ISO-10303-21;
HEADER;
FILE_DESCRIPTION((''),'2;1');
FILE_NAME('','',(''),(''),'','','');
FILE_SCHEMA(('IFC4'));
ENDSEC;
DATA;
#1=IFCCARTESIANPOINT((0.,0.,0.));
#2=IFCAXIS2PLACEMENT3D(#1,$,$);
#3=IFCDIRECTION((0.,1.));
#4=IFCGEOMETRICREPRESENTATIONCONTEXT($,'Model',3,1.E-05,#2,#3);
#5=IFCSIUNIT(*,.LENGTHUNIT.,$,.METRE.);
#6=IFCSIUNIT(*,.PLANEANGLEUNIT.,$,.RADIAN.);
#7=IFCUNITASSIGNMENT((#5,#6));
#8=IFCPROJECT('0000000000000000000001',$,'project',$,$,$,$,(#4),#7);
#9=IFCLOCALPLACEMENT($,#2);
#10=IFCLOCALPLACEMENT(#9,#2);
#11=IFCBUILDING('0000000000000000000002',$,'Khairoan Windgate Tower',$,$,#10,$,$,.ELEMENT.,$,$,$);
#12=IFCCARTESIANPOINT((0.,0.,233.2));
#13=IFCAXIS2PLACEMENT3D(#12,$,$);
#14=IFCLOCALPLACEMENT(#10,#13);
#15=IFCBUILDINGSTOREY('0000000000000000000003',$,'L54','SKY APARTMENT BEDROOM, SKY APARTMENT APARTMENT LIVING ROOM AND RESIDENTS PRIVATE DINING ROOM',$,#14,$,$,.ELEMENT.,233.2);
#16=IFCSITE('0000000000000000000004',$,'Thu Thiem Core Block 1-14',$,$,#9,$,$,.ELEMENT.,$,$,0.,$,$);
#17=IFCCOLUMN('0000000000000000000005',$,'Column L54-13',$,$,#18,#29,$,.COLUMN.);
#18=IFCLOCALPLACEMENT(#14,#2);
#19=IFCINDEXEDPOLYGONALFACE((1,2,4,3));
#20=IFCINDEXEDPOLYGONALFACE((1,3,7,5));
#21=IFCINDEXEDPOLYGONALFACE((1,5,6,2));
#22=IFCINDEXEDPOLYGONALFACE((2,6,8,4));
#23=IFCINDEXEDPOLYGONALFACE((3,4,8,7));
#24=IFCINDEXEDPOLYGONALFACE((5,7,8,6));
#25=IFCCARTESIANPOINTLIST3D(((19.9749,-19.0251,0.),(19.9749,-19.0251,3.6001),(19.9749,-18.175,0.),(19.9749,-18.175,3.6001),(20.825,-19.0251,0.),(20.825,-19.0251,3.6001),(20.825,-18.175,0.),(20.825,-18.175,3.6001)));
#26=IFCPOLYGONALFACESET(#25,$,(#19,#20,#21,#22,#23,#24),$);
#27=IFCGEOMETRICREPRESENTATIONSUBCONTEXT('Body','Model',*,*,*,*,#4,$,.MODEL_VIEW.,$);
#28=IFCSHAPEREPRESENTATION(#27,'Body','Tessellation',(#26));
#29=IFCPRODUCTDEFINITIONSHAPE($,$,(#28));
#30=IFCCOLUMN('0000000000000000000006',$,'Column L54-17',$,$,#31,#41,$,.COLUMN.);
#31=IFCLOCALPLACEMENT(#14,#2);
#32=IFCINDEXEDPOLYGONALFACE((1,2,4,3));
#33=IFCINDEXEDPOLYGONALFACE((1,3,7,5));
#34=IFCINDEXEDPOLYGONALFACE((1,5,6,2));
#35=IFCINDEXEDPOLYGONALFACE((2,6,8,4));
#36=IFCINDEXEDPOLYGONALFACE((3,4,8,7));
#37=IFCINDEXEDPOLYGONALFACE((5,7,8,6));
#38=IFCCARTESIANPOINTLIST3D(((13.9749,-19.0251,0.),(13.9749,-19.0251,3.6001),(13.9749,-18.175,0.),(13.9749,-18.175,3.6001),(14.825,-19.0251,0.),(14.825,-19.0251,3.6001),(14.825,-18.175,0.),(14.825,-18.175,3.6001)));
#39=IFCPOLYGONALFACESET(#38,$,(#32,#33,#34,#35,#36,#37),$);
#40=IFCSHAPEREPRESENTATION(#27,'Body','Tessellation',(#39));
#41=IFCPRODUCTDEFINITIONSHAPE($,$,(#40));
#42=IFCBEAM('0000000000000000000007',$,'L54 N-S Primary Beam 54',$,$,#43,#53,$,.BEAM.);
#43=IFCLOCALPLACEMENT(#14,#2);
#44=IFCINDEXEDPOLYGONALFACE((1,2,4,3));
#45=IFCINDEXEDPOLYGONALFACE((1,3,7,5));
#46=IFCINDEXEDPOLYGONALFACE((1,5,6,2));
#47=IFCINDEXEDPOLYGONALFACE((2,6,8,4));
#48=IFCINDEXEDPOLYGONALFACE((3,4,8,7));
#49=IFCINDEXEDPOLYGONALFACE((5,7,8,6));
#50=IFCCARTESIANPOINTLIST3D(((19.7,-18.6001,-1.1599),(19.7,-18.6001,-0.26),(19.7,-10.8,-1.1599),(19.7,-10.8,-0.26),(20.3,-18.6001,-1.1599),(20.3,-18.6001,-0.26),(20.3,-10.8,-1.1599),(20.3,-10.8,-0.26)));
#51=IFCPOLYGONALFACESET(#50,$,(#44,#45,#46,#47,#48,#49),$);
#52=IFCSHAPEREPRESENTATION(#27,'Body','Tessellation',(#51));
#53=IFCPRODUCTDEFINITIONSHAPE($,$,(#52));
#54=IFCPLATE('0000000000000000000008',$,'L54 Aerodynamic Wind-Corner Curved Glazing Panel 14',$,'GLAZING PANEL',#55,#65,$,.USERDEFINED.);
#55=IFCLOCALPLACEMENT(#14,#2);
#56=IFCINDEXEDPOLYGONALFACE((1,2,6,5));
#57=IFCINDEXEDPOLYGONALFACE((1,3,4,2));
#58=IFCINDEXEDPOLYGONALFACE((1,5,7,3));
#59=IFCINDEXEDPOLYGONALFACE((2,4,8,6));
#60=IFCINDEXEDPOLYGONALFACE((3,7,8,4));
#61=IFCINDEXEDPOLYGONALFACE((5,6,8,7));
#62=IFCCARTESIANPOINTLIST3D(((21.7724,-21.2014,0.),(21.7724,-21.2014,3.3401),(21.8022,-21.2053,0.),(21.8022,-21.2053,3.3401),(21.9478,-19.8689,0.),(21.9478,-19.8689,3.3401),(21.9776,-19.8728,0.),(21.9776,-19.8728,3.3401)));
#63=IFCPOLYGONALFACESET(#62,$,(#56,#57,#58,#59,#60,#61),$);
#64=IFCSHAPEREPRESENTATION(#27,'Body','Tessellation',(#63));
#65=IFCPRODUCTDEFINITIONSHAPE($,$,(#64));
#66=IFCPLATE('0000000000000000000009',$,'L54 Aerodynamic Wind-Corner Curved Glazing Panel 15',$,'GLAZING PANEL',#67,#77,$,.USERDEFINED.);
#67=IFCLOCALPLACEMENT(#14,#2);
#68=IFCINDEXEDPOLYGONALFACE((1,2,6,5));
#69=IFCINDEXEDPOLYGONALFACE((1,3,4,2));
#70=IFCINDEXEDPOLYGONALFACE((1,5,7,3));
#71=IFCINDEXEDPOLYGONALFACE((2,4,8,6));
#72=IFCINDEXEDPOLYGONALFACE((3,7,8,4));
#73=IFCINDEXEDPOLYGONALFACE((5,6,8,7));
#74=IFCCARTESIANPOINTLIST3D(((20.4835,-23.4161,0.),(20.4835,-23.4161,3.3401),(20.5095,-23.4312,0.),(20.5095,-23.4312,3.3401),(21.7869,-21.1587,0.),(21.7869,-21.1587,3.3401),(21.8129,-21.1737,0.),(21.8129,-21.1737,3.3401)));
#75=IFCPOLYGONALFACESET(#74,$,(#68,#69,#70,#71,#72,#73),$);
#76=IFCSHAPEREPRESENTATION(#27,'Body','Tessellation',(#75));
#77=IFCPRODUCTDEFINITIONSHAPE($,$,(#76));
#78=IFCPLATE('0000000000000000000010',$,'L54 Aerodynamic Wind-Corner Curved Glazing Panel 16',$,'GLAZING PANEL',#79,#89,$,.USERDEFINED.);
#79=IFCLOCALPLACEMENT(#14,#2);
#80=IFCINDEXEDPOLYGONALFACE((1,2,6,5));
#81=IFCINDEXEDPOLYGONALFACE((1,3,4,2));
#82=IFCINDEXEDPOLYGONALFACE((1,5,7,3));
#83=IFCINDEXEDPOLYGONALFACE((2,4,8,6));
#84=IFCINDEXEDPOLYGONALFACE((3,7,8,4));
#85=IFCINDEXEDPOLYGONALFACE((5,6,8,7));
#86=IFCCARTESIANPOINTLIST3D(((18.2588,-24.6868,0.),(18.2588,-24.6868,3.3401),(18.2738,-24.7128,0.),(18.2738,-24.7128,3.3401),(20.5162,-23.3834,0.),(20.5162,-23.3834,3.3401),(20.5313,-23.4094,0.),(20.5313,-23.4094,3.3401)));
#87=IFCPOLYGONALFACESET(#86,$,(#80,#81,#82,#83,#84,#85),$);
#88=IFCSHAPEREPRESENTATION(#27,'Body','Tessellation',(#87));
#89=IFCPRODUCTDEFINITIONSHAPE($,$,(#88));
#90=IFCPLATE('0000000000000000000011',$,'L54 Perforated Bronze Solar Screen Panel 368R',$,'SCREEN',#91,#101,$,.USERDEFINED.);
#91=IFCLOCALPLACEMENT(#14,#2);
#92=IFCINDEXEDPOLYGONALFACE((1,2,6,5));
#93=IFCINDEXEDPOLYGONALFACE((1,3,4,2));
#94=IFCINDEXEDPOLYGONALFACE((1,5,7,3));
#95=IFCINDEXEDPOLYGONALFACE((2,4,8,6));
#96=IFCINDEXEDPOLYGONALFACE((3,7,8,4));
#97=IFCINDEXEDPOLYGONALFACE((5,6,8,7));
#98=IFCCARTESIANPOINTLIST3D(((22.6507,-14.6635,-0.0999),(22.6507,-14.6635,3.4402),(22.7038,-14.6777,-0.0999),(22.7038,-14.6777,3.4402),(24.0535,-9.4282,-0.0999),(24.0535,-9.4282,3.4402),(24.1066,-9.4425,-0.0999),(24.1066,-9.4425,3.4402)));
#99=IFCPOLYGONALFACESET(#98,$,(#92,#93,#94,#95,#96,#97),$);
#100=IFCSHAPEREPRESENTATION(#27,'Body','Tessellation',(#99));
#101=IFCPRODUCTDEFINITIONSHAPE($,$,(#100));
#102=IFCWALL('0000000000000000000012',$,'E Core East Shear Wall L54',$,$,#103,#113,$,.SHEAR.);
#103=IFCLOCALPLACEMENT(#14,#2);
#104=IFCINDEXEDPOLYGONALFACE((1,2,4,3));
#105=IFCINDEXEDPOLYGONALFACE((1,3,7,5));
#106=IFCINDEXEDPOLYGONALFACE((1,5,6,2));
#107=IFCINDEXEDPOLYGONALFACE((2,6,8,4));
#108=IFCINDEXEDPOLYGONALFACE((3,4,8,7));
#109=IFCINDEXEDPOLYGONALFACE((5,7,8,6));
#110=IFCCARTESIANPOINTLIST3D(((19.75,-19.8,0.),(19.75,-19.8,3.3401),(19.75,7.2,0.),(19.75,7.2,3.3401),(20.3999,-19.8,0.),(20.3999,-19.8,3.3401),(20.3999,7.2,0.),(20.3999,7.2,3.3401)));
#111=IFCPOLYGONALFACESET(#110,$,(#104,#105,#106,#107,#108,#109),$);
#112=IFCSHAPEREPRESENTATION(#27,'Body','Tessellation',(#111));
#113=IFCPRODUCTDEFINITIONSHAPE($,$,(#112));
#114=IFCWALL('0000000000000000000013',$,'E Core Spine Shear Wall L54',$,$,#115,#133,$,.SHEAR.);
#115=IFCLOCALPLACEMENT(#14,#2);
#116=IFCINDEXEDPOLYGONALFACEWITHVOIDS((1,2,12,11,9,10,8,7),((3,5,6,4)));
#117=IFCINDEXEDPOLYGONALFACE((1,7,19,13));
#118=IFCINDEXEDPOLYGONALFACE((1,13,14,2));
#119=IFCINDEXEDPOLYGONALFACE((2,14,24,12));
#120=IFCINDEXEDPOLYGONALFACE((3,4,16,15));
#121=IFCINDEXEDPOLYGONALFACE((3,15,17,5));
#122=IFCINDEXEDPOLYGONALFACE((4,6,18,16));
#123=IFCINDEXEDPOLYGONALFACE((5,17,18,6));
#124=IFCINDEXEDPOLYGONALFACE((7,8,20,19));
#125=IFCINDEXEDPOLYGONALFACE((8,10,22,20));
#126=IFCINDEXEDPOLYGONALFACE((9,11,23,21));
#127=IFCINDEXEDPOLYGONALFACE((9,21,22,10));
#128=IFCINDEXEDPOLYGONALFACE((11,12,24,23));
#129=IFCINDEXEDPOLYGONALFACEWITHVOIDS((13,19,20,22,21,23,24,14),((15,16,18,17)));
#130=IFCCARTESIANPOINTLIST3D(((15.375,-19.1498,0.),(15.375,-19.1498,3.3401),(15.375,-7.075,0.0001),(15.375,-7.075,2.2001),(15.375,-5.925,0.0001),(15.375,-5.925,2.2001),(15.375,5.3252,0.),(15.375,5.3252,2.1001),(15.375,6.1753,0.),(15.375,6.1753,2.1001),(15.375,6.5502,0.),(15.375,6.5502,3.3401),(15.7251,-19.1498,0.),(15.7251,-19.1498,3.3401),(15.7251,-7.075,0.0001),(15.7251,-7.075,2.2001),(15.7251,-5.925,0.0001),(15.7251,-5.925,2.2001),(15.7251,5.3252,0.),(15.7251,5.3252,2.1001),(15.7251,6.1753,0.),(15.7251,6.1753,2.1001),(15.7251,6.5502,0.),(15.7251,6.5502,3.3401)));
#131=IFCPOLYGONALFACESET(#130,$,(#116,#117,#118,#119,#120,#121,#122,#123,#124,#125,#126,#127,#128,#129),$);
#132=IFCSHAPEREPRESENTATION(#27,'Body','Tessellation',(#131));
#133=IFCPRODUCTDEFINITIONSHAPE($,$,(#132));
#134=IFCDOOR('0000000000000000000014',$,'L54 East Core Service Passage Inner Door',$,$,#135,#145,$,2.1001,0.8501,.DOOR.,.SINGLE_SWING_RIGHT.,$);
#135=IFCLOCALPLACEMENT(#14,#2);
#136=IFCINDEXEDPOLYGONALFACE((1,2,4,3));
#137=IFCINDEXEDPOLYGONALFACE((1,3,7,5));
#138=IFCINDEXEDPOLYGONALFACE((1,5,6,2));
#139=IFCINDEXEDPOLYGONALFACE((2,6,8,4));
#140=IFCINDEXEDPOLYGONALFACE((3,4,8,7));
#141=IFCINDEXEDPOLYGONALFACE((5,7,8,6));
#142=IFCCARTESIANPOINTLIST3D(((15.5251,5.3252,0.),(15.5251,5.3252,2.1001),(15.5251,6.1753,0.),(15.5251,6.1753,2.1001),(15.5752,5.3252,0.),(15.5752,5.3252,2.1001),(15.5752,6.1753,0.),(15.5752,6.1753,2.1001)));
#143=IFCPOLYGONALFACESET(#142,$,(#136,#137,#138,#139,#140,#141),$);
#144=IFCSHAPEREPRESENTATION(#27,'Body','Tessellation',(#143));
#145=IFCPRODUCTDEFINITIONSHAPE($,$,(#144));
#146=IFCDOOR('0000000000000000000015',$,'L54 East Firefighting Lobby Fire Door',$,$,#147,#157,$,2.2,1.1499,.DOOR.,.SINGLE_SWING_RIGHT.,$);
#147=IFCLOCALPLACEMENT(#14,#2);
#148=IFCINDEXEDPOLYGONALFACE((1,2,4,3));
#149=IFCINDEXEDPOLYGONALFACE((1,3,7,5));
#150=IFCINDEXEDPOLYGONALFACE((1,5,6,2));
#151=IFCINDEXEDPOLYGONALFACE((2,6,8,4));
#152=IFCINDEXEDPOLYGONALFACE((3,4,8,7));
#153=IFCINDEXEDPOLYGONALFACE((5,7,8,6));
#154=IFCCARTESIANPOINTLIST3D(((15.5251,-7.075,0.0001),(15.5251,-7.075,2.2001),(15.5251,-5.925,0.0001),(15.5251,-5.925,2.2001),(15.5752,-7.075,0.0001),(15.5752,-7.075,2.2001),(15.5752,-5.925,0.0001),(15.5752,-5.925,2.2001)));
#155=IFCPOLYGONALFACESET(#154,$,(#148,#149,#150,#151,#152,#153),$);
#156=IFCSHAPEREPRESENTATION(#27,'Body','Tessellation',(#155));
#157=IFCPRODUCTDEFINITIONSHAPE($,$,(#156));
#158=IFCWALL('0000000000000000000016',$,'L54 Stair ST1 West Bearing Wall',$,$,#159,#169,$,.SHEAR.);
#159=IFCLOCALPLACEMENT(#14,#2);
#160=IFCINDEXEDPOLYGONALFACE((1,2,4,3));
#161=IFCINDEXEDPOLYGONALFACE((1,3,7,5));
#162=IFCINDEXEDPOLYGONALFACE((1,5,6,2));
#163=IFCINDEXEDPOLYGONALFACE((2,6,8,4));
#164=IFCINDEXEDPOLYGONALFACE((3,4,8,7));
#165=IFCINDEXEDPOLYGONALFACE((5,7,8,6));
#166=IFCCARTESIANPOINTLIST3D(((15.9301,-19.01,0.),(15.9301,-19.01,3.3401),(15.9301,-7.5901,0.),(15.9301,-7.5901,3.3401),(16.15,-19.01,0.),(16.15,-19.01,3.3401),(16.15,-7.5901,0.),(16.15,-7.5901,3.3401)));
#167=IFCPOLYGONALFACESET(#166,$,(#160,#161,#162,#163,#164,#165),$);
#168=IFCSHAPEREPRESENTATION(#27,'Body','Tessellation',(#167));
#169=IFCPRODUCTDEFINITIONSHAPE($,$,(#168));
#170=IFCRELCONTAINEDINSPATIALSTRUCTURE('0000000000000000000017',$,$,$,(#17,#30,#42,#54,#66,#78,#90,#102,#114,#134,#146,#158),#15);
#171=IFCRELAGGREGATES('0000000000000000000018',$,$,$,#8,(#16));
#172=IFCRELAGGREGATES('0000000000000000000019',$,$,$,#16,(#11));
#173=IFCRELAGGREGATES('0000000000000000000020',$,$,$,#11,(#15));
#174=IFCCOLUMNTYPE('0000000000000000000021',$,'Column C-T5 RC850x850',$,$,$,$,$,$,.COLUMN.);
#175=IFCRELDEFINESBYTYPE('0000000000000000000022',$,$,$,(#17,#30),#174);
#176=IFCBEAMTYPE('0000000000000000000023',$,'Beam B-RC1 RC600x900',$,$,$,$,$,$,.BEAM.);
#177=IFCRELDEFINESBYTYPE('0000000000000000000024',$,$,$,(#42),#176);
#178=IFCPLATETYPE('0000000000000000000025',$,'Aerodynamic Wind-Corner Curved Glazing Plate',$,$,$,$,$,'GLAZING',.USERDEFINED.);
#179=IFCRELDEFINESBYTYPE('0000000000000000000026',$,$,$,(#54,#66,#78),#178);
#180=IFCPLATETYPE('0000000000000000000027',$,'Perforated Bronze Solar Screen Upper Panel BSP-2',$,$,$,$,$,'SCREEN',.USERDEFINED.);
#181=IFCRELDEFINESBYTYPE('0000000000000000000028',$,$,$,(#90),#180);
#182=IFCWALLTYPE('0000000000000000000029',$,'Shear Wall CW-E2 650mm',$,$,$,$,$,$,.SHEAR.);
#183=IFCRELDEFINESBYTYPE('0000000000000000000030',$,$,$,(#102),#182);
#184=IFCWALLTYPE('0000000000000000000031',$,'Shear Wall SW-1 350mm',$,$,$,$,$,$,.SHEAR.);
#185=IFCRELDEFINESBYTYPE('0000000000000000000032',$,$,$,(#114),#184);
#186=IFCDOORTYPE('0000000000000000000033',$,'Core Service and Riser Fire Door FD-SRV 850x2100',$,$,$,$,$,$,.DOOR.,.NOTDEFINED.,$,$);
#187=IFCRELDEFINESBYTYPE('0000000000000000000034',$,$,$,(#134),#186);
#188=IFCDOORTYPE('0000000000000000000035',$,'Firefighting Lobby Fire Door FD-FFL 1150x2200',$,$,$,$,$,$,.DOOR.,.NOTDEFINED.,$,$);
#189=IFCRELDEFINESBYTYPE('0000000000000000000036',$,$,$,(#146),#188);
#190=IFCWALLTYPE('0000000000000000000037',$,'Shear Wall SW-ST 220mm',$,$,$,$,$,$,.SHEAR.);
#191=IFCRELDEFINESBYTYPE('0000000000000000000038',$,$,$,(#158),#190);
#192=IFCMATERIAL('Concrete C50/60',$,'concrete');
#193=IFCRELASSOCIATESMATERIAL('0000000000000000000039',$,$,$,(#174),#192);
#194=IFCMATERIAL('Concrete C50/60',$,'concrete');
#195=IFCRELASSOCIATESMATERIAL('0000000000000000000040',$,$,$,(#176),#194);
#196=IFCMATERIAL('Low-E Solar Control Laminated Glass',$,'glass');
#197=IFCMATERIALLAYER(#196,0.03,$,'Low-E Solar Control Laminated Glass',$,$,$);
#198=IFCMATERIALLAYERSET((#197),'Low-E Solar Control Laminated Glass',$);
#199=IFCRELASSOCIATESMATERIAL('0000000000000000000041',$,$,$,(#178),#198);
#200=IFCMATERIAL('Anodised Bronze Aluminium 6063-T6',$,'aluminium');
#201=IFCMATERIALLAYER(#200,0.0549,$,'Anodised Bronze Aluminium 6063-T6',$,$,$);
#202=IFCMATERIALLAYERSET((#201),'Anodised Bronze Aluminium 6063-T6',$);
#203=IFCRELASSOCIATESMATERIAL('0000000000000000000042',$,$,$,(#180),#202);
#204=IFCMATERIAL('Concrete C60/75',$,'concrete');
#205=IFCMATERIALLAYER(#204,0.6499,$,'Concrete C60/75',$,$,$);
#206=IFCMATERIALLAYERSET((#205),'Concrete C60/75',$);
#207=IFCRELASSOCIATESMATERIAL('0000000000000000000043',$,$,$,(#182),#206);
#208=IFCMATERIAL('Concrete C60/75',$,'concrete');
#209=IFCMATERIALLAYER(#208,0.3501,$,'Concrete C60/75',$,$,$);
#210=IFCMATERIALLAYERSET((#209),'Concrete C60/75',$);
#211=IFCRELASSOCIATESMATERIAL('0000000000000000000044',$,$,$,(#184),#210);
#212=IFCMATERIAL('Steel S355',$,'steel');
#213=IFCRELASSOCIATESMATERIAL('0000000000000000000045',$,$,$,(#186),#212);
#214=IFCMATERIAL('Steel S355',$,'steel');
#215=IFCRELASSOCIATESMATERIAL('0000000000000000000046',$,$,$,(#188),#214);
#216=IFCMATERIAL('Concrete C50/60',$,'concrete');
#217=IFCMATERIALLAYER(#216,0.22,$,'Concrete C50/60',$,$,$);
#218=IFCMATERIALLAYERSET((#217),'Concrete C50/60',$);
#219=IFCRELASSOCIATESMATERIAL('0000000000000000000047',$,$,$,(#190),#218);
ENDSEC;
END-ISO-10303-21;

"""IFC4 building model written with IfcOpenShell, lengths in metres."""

from ifc_helpers import new_model, si_unit, direction, frame, frame_2d, origin, origin_2d, place, context, subcontext, project, spatial, rectangle, extrude, material, layer, layer_set, material_profile, profile_set, type_object, element, fill, save


model = new_model("IFC4")

# Units and contexts
model_context = context("Model", 3, precision=1e-05, world=origin(), true_north=direction((0.0, 1.0)))
body_context = subcontext(model_context, "Body", "Model", "MODEL_VIEW")
ifc_project = project(units=[si_unit("LENGTHUNIT", "METRE"), si_unit("PLANEANGLEUNIT", "RADIAN")], contexts=[model_context])

# Site, building, storey
site_placement = place(None, origin())
site = spatial("IfcSite", under=ifc_project, at=site_placement, Name="Thu Thiem Core Block 1-14", CompositionType="ELEMENT", RefElevation=0.0)
building_placement = place(site_placement, origin())
building = spatial("IfcBuilding", under=site, at=building_placement, Name="Khairoan Windgate Tower", CompositionType="ELEMENT")
storey_placement = place(building_placement, frame((0.0, 0.0, 233.2)))
storey = spatial("IfcBuildingStorey", under=building, at=storey_placement, Name="L54", Description="SKY APARTMENT BEDROOM, SKY APARTMENT APARTMENT LIVING ROOM AND RESIDENTS PRIVATE DINING ROOM", CompositionType="ELEMENT", Elevation=233.2)

# Columns
ifc_material_1 = material(Name="Concrete C50/60", Category="concrete")
ifc_material_profile_1 = material_profile(ifc_material_1, rectangle(XDim=0.8501, YDim=0.8501, at=origin_2d()))
ifc_profile_set_1 = profile_set([ifc_material_profile_1], Name="Concrete C50/60")
column_type = type_object("IfcColumnType", Name="Column C-T5 RC850x850", PredefinedType="COLUMN", material=ifc_profile_set_1)
for number, where, z_axis, x_axis, name in (
    (1, (20.3999, -18.6001, 0.0), (0.0, 0.0, 1.0), (1.0, 0.0, 0.0), "Column L54-13"),
    (2, (14.3999, -18.6001, 0.0), (0.0, 0.0, 1.0), (1.0, 0.0, 0.0), "Column L54-17"),
):
    element("IfcColumn", number, at=place(storey_placement, frame(where, z_axis=z_axis, x_axis=x_axis)), inside=storey, type_object=column_type, Name=name, PredefinedType="COLUMN", context=body_context, shape_type="SweptSolid", body=[
        extrude(rectangle(XDim=0.8501, YDim=0.8501, at=origin_2d()), origin(), (0.0, 0.0, 1.0), 3.6001),
    ])

# Beam
ifc_material_2 = material(Name="Concrete C50/60", Category="concrete")
ifc_material_profile_2 = material_profile(ifc_material_2, rectangle(XDim=0.6001, YDim=0.8999, at=origin_2d()))
ifc_profile_set_2 = profile_set([ifc_material_profile_2], Name="Concrete C50/60")
beam_type = type_object("IfcBeamType", Name="Beam B-RC1 RC600x900", PredefinedType="BEAM", material=ifc_profile_set_2)
beam_placement = place(storey_placement, frame((20.0, -18.6001, -0.71), z_axis=(0.0, 1.0, 0.0), x_axis=(-1.0, 0.0, 0.0)))
element("IfcBeam", 3, at=beam_placement, inside=storey, type_object=beam_type, Name="L54 N-S Primary Beam 54", PredefinedType="BEAM", context=body_context, shape_type="SweptSolid", body=[
    extrude(rectangle(XDim=0.6001, YDim=0.8999, at=origin_2d()), origin(), (0.0, 0.0, 1.0), 7.8),
])

# Plates
ifc_material_3 = material(Name="Low-E Solar Control Laminated Glass", Category="glass")
ifc_layer_1 = layer(ifc_material_3, 0.03, Name="Low-E Solar Control Laminated Glass")
ifc_layer_set_1 = layer_set([ifc_layer_1], Name="Low-E Solar Control Laminated Glass")
plate_type_1 = type_object("IfcPlateType", Name="Aerodynamic Wind-Corner Curved Glazing Plate", ElementType="GLAZING", PredefinedType="USERDEFINED", material=ifc_layer_set_1)
plate_1_placement = place(storey_placement, frame((21.875, -20.5371, 0.0), z_axis=(0.0, 0.0, 1.0), x_axis=(-0.130526, -0.991445, 0.0)))
element("IfcPlate", 4, at=plate_1_placement, inside=storey, type_object=plate_type_1, Name="L54 Aerodynamic Wind-Corner Curved Glazing Panel 14", ObjectType="GLAZING PANEL", PredefinedType="USERDEFINED", context=body_context, shape_type="SweptSolid", body=[
    extrude(rectangle(XDim=1.344, YDim=0.03, at=origin_2d()), origin(), (0.0, 0.0, 1.0), 3.3401),
])
for number, where, z_axis, x_axis, name in (
    (5, (21.1482, -22.2949, 0.0), (0.0, 0.0, 1.0), (-0.5, -0.866025, 0.0), "L54 Aerodynamic Wind-Corner Curved Glazing Panel 15"),
    (6, (19.395, -24.0481, 0.0), (0.0, 0.0, 1.0), (-0.866025, -0.5, 0.0), "L54 Aerodynamic Wind-Corner Curved Glazing Panel 16"),
):
    element("IfcPlate", number, at=place(storey_placement, frame(where, z_axis=z_axis, x_axis=x_axis)), inside=storey, type_object=plate_type_1, Name=name, ObjectType="GLAZING PANEL", PredefinedType="USERDEFINED", context=body_context, shape_type="SweptSolid", body=[
        extrude(rectangle(XDim=2.6067, YDim=0.03, at=origin_2d()), origin(), (0.0, 0.0, 1.0), 3.3401),
    ])

# Plate
ifc_material_4 = material(Name="Anodised Bronze Aluminium 6063-T6", Category="aluminium")
ifc_layer_2 = layer(ifc_material_4, 0.0549, Name="Anodised Bronze Aluminium 6063-T6")
ifc_layer_set_2 = layer_set([ifc_layer_2], Name="Anodised Bronze Aluminium 6063-T6")
plate_type_2 = type_object("IfcPlateType", Name="Perforated Bronze Solar Screen Upper Panel BSP-2", ElementType="SCREEN", PredefinedType="USERDEFINED", material=ifc_layer_set_2)
plate_2_placement = place(storey_placement, frame((23.3787, -12.053, -0.0999), z_axis=(0.0, 0.0, 1.0), x_axis=(-0.258819, -0.965926, 0.0)))
element("IfcPlate", 7, at=plate_2_placement, inside=storey, type_object=plate_type_2, Name="L54 Perforated Bronze Solar Screen Panel 368R", ObjectType="SCREEN", PredefinedType="USERDEFINED", context=body_context, shape_type="SweptSolid", body=[
    extrude(rectangle(XDim=5.4199, YDim=0.0549, at=origin_2d()), origin(), (0.0, 0.0, 1.0), 3.54),
])

# Wall
ifc_material_5 = material(Name="Concrete C60/75", Category="concrete")
ifc_layer_3 = layer(ifc_material_5, 0.6499, Name="Concrete C60/75")
ifc_layer_set_3 = layer_set([ifc_layer_3], Name="Concrete C60/75")
wall_type_1 = type_object("IfcWallType", Name="Shear Wall CW-E2 650mm", PredefinedType="SHEAR", material=ifc_layer_set_3)
wall_1_placement = place(storey_placement, frame((20.075, -19.8, 0.0), z_axis=(0.0, 0.0, 1.0), x_axis=(0.0, 1.0, 0.0)))
element("IfcWall", 8, at=wall_1_placement, inside=storey, type_object=wall_type_1, Name="E Core East Shear Wall L54", PredefinedType="SHEAR", context=body_context, shape_type="SweptSolid", body=[
    extrude(rectangle(XDim=27.0, YDim=0.6499, at=frame_2d((13.5, 0.0))), origin(), (0.0, 0.0, 1.0), 3.3401),
])

# Wall, openings, doors
ifc_material_6 = material(Name="Concrete C60/75", Category="concrete")
ifc_layer_4 = layer(ifc_material_6, 0.3501, Name="Concrete C60/75")
ifc_layer_set_4 = layer_set([ifc_layer_4], Name="Concrete C60/75")
wall_type_2 = type_object("IfcWallType", Name="Shear Wall SW-1 350mm", PredefinedType="SHEAR", material=ifc_layer_set_4)
wall_2_placement = place(storey_placement, frame((15.55, -19.1499, 0.0), z_axis=(0.0, 0.0, 1.0), x_axis=(0.0, 1.0, 0.0)))
wall_2 = element("IfcWall", 9, at=wall_2_placement, inside=storey, type_object=wall_type_2, Name="E Core Spine Shear Wall L54", PredefinedType="SHEAR", context=body_context, shape_type="SweptSolid", body=[
    extrude(rectangle(XDim=25.7, YDim=0.3501, at=frame_2d((12.8501, 0.0))), origin(), (0.0, 0.0, 1.0), 3.3401),
])
opening_1_placement = place(wall_2_placement, frame((12.075, 0.0, 0.0)))
opening_1 = element("IfcOpeningElement", 10, at=opening_1_placement, cuts=wall_2, PredefinedType="OPENING", context=body_context, shape_type="SweptSolid", body=[
    extrude(rectangle(XDim=1.1499, YDim=2.2, at=frame_2d((0.575, 1.1001))), frame((0.0, 0.1851, 0.0), z_axis=(0.0, -1.0, 0.0), x_axis=(1.0, 0.0, 0.0)), (0.0, 0.0, 1.0), 0.3701),
])
opening_2_placement = place(wall_2_placement, frame((24.4751, 0.0, 0.0)))
opening_2 = element("IfcOpeningElement", 11, at=opening_2_placement, cuts=wall_2, PredefinedType="OPENING", context=body_context, shape_type="SweptSolid", body=[
    extrude(rectangle(XDim=0.8501, YDim=2.1001, at=frame_2d((0.425, 1.05))), frame((0.0, 0.1851, 0.0), z_axis=(0.0, -1.0, 0.0), x_axis=(1.0, 0.0, 0.0)), (0.0, 0.0, 1.0), 0.3701),
])
ifc_material_7 = material(Name="Steel S355", Category="steel")
door_type_1 = type_object("IfcDoorType", Name="Core Service and Riser Fire Door FD-SRV 850x2100", OperationType="NOTDEFINED", PredefinedType="DOOR", material=ifc_material_7)
door_1_placement = place(opening_2_placement, origin())
door_1 = element("IfcDoor", 12, at=door_1_placement, inside=storey, type_object=door_type_1, Name="L54 East Core Service Passage Inner Door", OperationType="SINGLE_SWING_RIGHT", OverallHeight=2.1001, OverallWidth=0.8501, PredefinedType="DOOR", context=body_context, shape_type="SweptSolid", body=[
    extrude(rectangle(XDim=0.8501, YDim=2.1001, at=frame_2d((0.425, 1.05))), frame((0.0, 0.0249, 0.0), z_axis=(0.0, -1.0, 0.0), x_axis=(1.0, 0.0, 0.0)), (0.0, 0.0, 1.0), 0.05),
])
fill(opening_2, door_1)
ifc_material_8 = material(Name="Steel S355", Category="steel")
door_type_2 = type_object("IfcDoorType", Name="Firefighting Lobby Fire Door FD-FFL 1150x2200", OperationType="NOTDEFINED", PredefinedType="DOOR", material=ifc_material_8)
door_2_placement = place(opening_1_placement, origin())
door_2 = element("IfcDoor", 13, at=door_2_placement, inside=storey, type_object=door_type_2, Name="L54 East Firefighting Lobby Fire Door", OperationType="SINGLE_SWING_RIGHT", OverallHeight=2.2, OverallWidth=1.1499, PredefinedType="DOOR", context=body_context, shape_type="SweptSolid", body=[
    extrude(rectangle(XDim=1.1499, YDim=2.2, at=frame_2d((0.575, 1.1001))), frame((0.0, 0.0249, 0.0), z_axis=(0.0, -1.0, 0.0), x_axis=(1.0, 0.0, 0.0)), (0.0, 0.0, 1.0), 0.05),
])
fill(opening_1, door_2)

# Wall
ifc_material_9 = material(Name="Concrete C50/60", Category="concrete")
ifc_layer_5 = layer(ifc_material_9, 0.22, Name="Concrete C50/60")
ifc_layer_set_5 = layer_set([ifc_layer_5], Name="Concrete C50/60")
wall_type_3 = type_object("IfcWallType", Name="Shear Wall SW-ST 220mm", PredefinedType="SHEAR", material=ifc_layer_set_5)
for number, where, z_axis, x_axis, name in (
    (14, (16.04, -19.01, 0.0), (0.0, 0.0, 1.0), (0.0, 1.0, 0.0), "L54 Stair ST1 West Bearing Wall"),
):
    element("IfcWall", number, at=place(storey_placement, frame(where, z_axis=z_axis, x_axis=x_axis)), inside=storey, type_object=wall_type_3, Name=name, PredefinedType="SHEAR", context=body_context, shape_type="SweptSolid", body=[
        extrude(rectangle(XDim=11.4199, YDim=0.22, at=frame_2d((5.71, 0.0))), origin(), (0.0, 0.0, 1.0), 3.3401),
    ])

save(model, "model.ifc")
